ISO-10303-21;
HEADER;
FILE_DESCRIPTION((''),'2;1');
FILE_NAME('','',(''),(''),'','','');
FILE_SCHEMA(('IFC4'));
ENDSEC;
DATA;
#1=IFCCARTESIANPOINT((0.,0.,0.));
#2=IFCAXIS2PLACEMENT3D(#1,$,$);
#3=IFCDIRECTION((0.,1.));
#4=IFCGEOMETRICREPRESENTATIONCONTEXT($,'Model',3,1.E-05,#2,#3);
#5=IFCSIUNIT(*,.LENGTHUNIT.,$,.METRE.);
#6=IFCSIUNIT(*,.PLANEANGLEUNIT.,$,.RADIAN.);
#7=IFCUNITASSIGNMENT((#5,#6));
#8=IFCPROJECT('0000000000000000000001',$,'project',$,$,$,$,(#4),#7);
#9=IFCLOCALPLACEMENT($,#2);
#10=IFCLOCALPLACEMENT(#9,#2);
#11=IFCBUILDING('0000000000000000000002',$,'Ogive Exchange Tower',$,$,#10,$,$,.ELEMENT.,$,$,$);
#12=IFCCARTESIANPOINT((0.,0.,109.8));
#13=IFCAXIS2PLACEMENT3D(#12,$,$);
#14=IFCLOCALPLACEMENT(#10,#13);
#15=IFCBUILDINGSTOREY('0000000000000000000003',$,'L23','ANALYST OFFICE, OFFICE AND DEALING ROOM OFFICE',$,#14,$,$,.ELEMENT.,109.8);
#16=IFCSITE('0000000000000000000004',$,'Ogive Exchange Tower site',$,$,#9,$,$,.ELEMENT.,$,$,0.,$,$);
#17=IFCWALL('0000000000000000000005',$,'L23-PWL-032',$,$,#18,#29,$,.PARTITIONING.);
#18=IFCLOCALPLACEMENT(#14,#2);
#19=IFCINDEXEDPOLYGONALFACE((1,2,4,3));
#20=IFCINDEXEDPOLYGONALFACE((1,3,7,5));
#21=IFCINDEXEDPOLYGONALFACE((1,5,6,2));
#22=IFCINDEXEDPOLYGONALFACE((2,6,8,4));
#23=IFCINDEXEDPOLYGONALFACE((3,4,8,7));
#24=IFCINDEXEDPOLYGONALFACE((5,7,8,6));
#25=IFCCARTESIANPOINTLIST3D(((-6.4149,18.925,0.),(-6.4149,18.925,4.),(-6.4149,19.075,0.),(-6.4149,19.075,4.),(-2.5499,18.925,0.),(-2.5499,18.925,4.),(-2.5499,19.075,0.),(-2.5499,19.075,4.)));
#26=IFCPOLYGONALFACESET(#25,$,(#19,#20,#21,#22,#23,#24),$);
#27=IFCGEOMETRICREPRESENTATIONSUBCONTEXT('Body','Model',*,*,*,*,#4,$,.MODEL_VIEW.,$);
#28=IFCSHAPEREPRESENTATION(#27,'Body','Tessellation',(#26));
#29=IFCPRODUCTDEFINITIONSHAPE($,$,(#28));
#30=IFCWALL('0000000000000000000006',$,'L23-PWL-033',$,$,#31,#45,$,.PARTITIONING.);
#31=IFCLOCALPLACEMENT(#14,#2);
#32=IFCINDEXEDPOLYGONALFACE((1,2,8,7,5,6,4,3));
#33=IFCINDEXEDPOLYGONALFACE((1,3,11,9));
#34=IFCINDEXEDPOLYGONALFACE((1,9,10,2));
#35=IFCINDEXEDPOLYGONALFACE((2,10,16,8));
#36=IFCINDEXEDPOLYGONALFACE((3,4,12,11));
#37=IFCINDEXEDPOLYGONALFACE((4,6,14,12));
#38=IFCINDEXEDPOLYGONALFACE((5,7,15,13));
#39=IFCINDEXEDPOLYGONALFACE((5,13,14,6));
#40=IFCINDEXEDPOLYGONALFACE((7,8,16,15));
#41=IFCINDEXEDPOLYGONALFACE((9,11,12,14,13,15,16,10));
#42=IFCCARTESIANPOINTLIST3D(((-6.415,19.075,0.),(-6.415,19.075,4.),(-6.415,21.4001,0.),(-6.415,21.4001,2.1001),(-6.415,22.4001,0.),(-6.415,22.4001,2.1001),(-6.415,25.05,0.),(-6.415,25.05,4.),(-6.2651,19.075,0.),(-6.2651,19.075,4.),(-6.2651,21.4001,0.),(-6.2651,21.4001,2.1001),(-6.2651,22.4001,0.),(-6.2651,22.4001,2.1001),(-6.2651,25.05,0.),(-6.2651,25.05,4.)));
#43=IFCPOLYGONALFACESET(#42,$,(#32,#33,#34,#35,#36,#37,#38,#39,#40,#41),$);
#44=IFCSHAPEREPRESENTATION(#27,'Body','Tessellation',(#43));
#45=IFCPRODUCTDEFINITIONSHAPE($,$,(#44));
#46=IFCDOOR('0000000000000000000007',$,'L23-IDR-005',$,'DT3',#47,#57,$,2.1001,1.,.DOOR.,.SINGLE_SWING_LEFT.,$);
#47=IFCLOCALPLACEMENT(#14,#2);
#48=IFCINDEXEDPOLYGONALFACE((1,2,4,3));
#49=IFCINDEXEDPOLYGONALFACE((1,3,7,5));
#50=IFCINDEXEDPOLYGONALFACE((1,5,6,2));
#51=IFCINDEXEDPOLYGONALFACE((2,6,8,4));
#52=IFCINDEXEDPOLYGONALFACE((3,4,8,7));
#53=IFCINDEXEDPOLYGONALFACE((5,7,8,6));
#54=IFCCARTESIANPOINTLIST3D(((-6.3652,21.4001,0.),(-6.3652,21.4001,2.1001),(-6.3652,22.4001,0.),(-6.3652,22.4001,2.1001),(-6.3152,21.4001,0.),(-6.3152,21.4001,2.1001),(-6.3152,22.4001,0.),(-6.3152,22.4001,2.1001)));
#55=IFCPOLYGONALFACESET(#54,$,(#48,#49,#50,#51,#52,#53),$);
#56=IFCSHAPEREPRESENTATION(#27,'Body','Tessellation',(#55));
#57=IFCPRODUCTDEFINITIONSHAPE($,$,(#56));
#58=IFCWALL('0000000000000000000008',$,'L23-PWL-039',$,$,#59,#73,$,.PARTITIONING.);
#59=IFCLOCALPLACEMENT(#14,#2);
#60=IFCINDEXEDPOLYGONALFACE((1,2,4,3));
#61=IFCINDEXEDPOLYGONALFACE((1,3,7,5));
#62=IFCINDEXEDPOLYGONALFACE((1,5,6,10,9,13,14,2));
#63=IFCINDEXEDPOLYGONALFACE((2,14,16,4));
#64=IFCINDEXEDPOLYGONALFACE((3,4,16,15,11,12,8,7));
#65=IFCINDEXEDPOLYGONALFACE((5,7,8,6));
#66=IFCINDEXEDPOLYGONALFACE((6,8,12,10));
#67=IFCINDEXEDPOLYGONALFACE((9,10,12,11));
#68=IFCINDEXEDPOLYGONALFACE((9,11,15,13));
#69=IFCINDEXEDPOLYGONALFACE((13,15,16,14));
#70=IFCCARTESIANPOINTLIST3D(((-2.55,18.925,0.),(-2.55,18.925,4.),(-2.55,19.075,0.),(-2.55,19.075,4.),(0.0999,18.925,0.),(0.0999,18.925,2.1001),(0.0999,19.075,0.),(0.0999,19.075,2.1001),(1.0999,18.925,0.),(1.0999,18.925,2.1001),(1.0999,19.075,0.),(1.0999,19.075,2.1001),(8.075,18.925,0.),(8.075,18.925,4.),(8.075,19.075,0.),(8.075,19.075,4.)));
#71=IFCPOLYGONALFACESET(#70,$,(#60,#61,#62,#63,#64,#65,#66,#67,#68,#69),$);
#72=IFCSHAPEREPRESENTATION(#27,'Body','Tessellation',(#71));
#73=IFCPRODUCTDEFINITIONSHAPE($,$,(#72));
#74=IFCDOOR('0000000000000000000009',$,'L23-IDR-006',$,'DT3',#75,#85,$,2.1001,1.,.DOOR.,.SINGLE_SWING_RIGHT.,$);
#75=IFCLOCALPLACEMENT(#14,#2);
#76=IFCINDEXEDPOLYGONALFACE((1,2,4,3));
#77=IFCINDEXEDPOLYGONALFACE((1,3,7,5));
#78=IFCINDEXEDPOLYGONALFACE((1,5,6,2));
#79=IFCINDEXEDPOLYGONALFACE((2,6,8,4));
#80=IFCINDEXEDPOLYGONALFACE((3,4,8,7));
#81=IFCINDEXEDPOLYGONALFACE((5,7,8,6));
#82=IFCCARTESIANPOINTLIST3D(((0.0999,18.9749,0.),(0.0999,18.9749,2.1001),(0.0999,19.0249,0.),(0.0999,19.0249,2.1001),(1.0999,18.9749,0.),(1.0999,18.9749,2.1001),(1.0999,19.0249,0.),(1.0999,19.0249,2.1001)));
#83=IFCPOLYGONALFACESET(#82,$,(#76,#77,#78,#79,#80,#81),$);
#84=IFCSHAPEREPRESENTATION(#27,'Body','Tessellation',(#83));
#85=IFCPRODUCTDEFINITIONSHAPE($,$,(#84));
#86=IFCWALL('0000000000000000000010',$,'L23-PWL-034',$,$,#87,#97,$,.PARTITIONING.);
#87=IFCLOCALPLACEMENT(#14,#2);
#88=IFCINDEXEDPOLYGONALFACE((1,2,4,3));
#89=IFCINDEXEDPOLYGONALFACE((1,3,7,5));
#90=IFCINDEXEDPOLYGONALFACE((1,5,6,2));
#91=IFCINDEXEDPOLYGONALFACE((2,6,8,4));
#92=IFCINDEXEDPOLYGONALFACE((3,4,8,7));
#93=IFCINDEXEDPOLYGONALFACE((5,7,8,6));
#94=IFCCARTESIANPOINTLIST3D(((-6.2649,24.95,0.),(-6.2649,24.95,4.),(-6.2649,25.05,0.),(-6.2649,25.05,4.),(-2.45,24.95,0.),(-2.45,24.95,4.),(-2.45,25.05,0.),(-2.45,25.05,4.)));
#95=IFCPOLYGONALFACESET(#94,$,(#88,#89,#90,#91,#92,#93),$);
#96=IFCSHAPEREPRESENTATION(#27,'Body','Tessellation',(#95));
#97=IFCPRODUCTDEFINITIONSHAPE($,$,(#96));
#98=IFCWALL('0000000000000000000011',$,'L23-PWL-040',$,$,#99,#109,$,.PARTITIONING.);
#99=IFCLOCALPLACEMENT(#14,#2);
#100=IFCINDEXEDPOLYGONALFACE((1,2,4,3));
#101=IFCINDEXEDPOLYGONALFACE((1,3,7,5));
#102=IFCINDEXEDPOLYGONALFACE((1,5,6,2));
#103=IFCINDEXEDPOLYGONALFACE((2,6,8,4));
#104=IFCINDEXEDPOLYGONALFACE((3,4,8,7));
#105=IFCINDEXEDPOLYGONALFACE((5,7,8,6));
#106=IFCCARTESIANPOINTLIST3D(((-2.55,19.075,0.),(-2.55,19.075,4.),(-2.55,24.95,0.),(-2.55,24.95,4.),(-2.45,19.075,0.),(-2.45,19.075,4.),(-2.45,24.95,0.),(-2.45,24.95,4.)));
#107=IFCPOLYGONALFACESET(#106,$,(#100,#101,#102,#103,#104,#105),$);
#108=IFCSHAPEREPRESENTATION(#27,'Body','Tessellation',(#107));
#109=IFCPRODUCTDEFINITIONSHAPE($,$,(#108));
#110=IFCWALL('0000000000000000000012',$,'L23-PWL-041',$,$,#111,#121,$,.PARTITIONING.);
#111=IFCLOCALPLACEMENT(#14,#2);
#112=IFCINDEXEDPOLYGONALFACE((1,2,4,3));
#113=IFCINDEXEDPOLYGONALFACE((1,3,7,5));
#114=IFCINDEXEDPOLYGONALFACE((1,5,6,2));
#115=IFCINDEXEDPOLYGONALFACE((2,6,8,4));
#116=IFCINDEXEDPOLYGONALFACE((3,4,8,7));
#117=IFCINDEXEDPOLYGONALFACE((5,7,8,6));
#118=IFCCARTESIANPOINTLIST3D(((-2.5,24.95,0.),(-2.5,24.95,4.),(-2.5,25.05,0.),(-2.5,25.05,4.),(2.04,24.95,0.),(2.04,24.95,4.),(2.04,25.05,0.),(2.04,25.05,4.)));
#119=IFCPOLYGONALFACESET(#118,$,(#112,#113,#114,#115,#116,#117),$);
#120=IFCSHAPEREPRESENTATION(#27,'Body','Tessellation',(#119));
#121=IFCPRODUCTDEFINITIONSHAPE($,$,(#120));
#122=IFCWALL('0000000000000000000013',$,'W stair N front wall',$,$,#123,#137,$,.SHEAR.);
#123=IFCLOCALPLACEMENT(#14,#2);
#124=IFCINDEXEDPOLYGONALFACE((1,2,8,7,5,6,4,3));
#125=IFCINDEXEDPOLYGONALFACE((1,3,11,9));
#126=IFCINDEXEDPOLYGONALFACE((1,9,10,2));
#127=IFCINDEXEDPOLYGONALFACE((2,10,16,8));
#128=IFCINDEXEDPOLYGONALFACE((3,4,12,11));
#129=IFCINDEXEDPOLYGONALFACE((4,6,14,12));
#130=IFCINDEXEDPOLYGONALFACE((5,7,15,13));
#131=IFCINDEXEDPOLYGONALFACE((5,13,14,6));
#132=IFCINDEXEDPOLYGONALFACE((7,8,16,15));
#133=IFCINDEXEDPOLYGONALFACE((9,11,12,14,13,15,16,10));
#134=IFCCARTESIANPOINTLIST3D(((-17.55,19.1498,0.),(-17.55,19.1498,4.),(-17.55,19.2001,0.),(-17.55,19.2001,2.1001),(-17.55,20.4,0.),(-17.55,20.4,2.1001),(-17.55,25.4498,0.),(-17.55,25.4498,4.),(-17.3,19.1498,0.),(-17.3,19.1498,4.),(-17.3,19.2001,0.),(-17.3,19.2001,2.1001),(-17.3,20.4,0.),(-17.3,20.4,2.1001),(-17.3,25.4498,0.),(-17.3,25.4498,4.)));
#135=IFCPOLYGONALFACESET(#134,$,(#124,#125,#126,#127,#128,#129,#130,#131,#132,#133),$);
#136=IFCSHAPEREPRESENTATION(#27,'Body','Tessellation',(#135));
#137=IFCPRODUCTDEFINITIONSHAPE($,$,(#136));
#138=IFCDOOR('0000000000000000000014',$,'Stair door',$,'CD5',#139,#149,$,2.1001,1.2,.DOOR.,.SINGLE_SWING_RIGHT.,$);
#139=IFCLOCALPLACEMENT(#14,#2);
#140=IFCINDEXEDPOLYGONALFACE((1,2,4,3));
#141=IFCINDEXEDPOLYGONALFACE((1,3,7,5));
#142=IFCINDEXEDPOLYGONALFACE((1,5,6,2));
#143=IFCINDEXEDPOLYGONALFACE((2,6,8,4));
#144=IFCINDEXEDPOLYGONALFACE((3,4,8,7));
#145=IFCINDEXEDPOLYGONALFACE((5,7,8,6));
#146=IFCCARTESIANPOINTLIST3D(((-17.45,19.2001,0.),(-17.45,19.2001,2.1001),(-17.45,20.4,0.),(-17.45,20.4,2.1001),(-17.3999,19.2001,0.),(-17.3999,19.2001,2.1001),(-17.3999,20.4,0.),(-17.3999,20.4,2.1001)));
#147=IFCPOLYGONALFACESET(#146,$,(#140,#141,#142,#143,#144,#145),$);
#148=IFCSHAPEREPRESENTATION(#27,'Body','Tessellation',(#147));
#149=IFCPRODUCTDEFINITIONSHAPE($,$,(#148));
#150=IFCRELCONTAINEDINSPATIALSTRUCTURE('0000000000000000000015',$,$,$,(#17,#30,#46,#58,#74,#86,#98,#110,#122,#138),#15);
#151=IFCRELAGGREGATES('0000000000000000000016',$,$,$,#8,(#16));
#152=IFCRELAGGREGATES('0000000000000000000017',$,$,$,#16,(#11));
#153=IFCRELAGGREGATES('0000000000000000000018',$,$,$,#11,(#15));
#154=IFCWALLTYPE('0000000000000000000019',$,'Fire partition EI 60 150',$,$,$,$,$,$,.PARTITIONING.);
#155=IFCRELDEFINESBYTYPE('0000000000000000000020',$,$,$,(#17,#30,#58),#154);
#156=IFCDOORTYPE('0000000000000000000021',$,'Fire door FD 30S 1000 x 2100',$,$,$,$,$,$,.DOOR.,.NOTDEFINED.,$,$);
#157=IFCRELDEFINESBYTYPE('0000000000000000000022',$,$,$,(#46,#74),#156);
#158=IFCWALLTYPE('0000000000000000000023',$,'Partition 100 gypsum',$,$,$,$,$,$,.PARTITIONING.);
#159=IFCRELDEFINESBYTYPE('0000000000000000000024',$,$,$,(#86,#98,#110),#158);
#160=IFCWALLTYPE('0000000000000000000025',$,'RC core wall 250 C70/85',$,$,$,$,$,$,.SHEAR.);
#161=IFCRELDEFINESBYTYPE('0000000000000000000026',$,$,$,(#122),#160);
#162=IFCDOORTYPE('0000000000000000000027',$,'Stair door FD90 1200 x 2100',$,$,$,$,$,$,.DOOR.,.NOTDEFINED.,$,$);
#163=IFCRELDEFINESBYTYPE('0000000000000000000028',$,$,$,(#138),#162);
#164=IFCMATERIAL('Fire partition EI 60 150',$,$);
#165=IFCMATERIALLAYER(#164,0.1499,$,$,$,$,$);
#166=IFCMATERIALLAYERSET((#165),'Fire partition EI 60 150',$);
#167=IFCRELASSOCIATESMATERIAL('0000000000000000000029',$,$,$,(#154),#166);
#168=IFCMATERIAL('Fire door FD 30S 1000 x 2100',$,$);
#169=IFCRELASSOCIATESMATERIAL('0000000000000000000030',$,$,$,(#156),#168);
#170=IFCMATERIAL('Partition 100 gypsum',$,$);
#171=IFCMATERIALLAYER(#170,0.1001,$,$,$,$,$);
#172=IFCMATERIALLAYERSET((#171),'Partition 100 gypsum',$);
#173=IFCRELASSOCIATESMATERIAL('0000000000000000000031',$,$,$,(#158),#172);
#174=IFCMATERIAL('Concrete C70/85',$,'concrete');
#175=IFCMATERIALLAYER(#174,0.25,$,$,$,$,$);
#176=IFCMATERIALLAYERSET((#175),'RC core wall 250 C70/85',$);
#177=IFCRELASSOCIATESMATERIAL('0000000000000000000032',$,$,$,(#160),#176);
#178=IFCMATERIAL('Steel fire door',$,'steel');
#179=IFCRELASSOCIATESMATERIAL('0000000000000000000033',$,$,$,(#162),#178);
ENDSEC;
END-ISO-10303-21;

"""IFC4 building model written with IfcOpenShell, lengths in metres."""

from ifc_helpers import new_model, si_unit, direction, frame, frame_2d, origin, place, context, subcontext, project, spatial, rectangle, extrude, material, layer, layer_set, type_object, element, fill, save


model = new_model("IFC4")

# Units and contexts
model_context = context("Model", 3, precision=1e-05, world=origin(), true_north=direction((0.0, 1.0)))
body_context = subcontext(model_context, "Body", "Model", "MODEL_VIEW")
ifc_project = project(units=[si_unit("LENGTHUNIT", "METRE"), si_unit("PLANEANGLEUNIT", "RADIAN")], contexts=[model_context])

# Site, building, storey
site_placement = place(None, origin())
site = spatial("IfcSite", under=ifc_project, at=site_placement, Name="Ogive Exchange Tower site", CompositionType="ELEMENT", RefElevation=0.0)
building_placement = place(site_placement, origin())
building = spatial("IfcBuilding", under=site, at=building_placement, Name="Ogive Exchange Tower", CompositionType="ELEMENT")
storey_placement = place(building_placement, frame((0.0, 0.0, 109.8)))
storey = spatial("IfcBuildingStorey", under=building, at=storey_placement, Name="L23", Description="ANALYST OFFICE, OFFICE AND DEALING ROOM OFFICE", CompositionType="ELEMENT", Elevation=109.8)

# Wall
ifc_material_1 = material(Name="Fire partition EI 60 150")
ifc_layer_1 = layer(ifc_material_1, 0.1499)
ifc_layer_set_1 = layer_set([ifc_layer_1], Name="Fire partition EI 60 150")
wall_type_1 = type_object("IfcWallType", Name="Fire partition EI 60 150", PredefinedType="PARTITIONING", material=ifc_layer_set_1)
wall_1_placement = place(storey_placement, frame((-6.415, 19.0, 0.0), z_axis=(0.0, 0.0, 1.0), x_axis=(1.0, 0.0, 0.0)))
element("IfcWall", 1, at=wall_1_placement, inside=storey, type_object=wall_type_1, Name="L23-PWL-032", PredefinedType="PARTITIONING", context=body_context, shape_type="SweptSolid", body=[
    extrude(rectangle(XDim=3.865, YDim=0.1499, at=frame_2d((1.9326, 0.0))), origin(), (0.0, 0.0, 1.0), 4.0),
])

# Walls, openings, doors
wall_2_placement = place(storey_placement, frame((-6.3401, 25.05, 0.0), z_axis=(0.0, 0.0, 1.0), x_axis=(0.0, -1.0, 0.0)))
wall_2 = element("IfcWall", 2, at=wall_2_placement, inside=storey, type_object=wall_type_1, Name="L23-PWL-033", PredefinedType="PARTITIONING", context=body_context, shape_type="SweptSolid", body=[
    extrude(rectangle(XDim=5.9751, YDim=0.1499, at=frame_2d((2.9875, 0.0))), origin(), (0.0, 0.0, 1.0), 4.0),
])
opening_1_placement = place(wall_2_placement, frame((2.6499, 0.0, 0.0)))
opening_1 = element("IfcOpeningElement", 3, at=opening_1_placement, cuts=wall_2, PredefinedType="OPENING", context=body_context, shape_type="SweptSolid", body=[
    extrude(rectangle(XDim=1.0, YDim=2.1001, at=frame_2d((0.5, 1.05))), frame((0.0, 0.085, 0.0), z_axis=(0.0, -1.0, 0.0), x_axis=(1.0, 0.0, 0.0)), (0.0, 0.0, 1.0), 0.1699),
])
ifc_material_2 = material(Name="Fire door FD 30S 1000 x 2100")
door_type_1 = type_object("IfcDoorType", Name="Fire door FD 30S 1000 x 2100", OperationType="NOTDEFINED", PredefinedType="DOOR", material=ifc_material_2)
door_1_placement = place(opening_1_placement, origin())
door_1 = element("IfcDoor", 4, at=door_1_placement, inside=storey, type_object=door_type_1, Name="L23-IDR-005", ObjectType="DT3", OperationType="SINGLE_SWING_LEFT", OverallHeight=2.1001, OverallWidth=1.0, PredefinedType="DOOR", context=body_context, shape_type="SweptSolid", body=[
    extrude(rectangle(XDim=1.0, YDim=2.1001, at=frame_2d((0.5, 1.05))), frame((0.0, 0.0249, 0.0), z_axis=(0.0, -1.0, 0.0), x_axis=(1.0, 0.0, 0.0)), (0.0, 0.0, 1.0), 0.05),
])
fill(opening_1, door_1)
wall_3_placement = place(storey_placement, frame((-2.55, 19.0, 0.0), z_axis=(0.0, 0.0, 1.0), x_axis=(1.0, 0.0, 0.0)))
wall_3 = element("IfcWall", 5, at=wall_3_placement, inside=storey, type_object=wall_type_1, Name="L23-PWL-039", PredefinedType="PARTITIONING", context=body_context, shape_type="SweptSolid", body=[
    extrude(rectangle(XDim=10.625, YDim=0.1499, at=frame_2d((5.3125, 0.0))), origin(), (0.0, 0.0, 1.0), 4.0),
])
opening_2_placement = place(wall_3_placement, frame((2.6499, 0.0, 0.0)))
opening_2 = element("IfcOpeningElement", 6, at=opening_2_placement, cuts=wall_3, PredefinedType="OPENING", context=body_context, shape_type="SweptSolid", body=[
    extrude(rectangle(XDim=1.0, YDim=2.1001, at=frame_2d((0.5, 1.05))), frame((0.0, 0.085, 0.0), z_axis=(0.0, -1.0, 0.0), x_axis=(1.0, 0.0, 0.0)), (0.0, 0.0, 1.0), 0.1699),
])
door_2_placement = place(opening_2_placement, origin())
door_2 = element("IfcDoor", 7, at=door_2_placement, inside=storey, type_object=door_type_1, Name="L23-IDR-006", ObjectType="DT3", OperationType="SINGLE_SWING_RIGHT", OverallHeight=2.1001, OverallWidth=1.0, PredefinedType="DOOR", context=body_context, shape_type="SweptSolid", body=[
    extrude(rectangle(XDim=1.0, YDim=2.1001, at=frame_2d((0.5, 1.05))), frame((0.0, 0.0249, 0.0), z_axis=(0.0, -1.0, 0.0), x_axis=(1.0, 0.0, 0.0)), (0.0, 0.0, 1.0), 0.05),
])
fill(opening_2, door_2)

# Walls
ifc_material_3 = material(Name="Partition 100 gypsum")
ifc_layer_2 = layer(ifc_material_3, 0.1001)
ifc_layer_set_2 = layer_set([ifc_layer_2], Name="Partition 100 gypsum")
wall_type_2 = type_object("IfcWallType", Name="Partition 100 gypsum", PredefinedType="PARTITIONING", material=ifc_layer_set_2)
wall_4_placement = place(storey_placement, frame((-6.2649, 25.0, 0.0), z_axis=(0.0, 0.0, 1.0), x_axis=(1.0, 0.0, 0.0)))
element("IfcWall", 8, at=wall_4_placement, inside=storey, type_object=wall_type_2, Name="L23-PWL-034", PredefinedType="PARTITIONING", context=body_context, shape_type="SweptSolid", body=[
    extrude(rectangle(XDim=3.8149, YDim=0.1001, at=frame_2d((1.9075, 0.0))), origin(), (0.0, 0.0, 1.0), 4.0),
])
wall_5_placement = place(storey_placement, frame((-2.5, 24.95, 0.0), z_axis=(0.0, 0.0, 1.0), x_axis=(0.0, -1.0, 0.0)))
element("IfcWall", 9, at=wall_5_placement, inside=storey, type_object=wall_type_2, Name="L23-PWL-040", PredefinedType="PARTITIONING", context=body_context, shape_type="SweptSolid", body=[
    extrude(rectangle(XDim=5.875, YDim=0.1001, at=frame_2d((2.9375, 0.0))), origin(), (0.0, 0.0, 1.0), 4.0),
])
wall_6_placement = place(storey_placement, frame((-2.5, 25.0, 0.0), z_axis=(0.0, 0.0, 1.0), x_axis=(1.0, 0.0, 0.0)))
element("IfcWall", 10, at=wall_6_placement, inside=storey, type_object=wall_type_2, Name="L23-PWL-041", PredefinedType="PARTITIONING", context=body_context, shape_type="SweptSolid", body=[
    extrude(rectangle(XDim=4.54, YDim=0.1001, at=frame_2d((2.27, 0.0))), origin(), (0.0, 0.0, 1.0), 4.0),
])

# Wall, opening, door
ifc_material_4 = material(Name="Concrete C70/85", Category="concrete")
ifc_layer_3 = layer(ifc_material_4, 0.25)
ifc_layer_set_3 = layer_set([ifc_layer_3], Name="RC core wall 250 C70/85")
wall_type_3 = type_object("IfcWallType", Name="RC core wall 250 C70/85", PredefinedType="SHEAR", material=ifc_layer_set_3)
wall_7_placement = place(storey_placement, frame((-17.425, 19.1499, 0.0), z_axis=(0.0, 0.0, 1.0), x_axis=(0.0, 1.0, 0.0)))
wall_7 = element("IfcWall", 11, at=wall_7_placement, inside=storey, type_object=wall_type_3, Name="W stair N front wall", PredefinedType="SHEAR", context=body_context, shape_type="SweptSolid", body=[
    extrude(rectangle(XDim=6.3, YDim=0.25, at=frame_2d((3.1499, 0.0))), origin(), (0.0, 0.0, 1.0), 4.0),
])
opening_3_placement = place(wall_7_placement, frame((0.05, 0.0, 0.0)))
opening_3 = element("IfcOpeningElement", 12, at=opening_3_placement, cuts=wall_7, PredefinedType="OPENING", context=body_context, shape_type="SweptSolid", body=[
    extrude(rectangle(XDim=1.2, YDim=2.1001, at=frame_2d((0.6001, 1.05))), frame((0.0, 0.135, 0.0), z_axis=(0.0, -1.0, 0.0), x_axis=(1.0, 0.0, 0.0)), (0.0, 0.0, 1.0), 0.27),
])
ifc_material_5 = material(Name="Steel fire door", Category="steel")
door_type_2 = type_object("IfcDoorType", Name="Stair door FD90 1200 x 2100", OperationType="NOTDEFINED", PredefinedType="DOOR", material=ifc_material_5)
door_3_placement = place(opening_3_placement, origin())
door_3 = element("IfcDoor", 13, at=door_3_placement, inside=storey, type_object=door_type_2, Name="Stair door", ObjectType="CD5", OperationType="SINGLE_SWING_RIGHT", OverallHeight=2.1001, OverallWidth=1.2, PredefinedType="DOOR", context=body_context, shape_type="SweptSolid", body=[
    extrude(rectangle(XDim=1.2, YDim=2.1001, at=frame_2d((0.6001, 1.05))), frame((0.0, 0.0249, 0.0), z_axis=(0.0, -1.0, 0.0), x_axis=(1.0, 0.0, 0.0)), (0.0, 0.0, 1.0), 0.05),
])
fill(opening_3, door_3)

save(model, "model.ifc")
